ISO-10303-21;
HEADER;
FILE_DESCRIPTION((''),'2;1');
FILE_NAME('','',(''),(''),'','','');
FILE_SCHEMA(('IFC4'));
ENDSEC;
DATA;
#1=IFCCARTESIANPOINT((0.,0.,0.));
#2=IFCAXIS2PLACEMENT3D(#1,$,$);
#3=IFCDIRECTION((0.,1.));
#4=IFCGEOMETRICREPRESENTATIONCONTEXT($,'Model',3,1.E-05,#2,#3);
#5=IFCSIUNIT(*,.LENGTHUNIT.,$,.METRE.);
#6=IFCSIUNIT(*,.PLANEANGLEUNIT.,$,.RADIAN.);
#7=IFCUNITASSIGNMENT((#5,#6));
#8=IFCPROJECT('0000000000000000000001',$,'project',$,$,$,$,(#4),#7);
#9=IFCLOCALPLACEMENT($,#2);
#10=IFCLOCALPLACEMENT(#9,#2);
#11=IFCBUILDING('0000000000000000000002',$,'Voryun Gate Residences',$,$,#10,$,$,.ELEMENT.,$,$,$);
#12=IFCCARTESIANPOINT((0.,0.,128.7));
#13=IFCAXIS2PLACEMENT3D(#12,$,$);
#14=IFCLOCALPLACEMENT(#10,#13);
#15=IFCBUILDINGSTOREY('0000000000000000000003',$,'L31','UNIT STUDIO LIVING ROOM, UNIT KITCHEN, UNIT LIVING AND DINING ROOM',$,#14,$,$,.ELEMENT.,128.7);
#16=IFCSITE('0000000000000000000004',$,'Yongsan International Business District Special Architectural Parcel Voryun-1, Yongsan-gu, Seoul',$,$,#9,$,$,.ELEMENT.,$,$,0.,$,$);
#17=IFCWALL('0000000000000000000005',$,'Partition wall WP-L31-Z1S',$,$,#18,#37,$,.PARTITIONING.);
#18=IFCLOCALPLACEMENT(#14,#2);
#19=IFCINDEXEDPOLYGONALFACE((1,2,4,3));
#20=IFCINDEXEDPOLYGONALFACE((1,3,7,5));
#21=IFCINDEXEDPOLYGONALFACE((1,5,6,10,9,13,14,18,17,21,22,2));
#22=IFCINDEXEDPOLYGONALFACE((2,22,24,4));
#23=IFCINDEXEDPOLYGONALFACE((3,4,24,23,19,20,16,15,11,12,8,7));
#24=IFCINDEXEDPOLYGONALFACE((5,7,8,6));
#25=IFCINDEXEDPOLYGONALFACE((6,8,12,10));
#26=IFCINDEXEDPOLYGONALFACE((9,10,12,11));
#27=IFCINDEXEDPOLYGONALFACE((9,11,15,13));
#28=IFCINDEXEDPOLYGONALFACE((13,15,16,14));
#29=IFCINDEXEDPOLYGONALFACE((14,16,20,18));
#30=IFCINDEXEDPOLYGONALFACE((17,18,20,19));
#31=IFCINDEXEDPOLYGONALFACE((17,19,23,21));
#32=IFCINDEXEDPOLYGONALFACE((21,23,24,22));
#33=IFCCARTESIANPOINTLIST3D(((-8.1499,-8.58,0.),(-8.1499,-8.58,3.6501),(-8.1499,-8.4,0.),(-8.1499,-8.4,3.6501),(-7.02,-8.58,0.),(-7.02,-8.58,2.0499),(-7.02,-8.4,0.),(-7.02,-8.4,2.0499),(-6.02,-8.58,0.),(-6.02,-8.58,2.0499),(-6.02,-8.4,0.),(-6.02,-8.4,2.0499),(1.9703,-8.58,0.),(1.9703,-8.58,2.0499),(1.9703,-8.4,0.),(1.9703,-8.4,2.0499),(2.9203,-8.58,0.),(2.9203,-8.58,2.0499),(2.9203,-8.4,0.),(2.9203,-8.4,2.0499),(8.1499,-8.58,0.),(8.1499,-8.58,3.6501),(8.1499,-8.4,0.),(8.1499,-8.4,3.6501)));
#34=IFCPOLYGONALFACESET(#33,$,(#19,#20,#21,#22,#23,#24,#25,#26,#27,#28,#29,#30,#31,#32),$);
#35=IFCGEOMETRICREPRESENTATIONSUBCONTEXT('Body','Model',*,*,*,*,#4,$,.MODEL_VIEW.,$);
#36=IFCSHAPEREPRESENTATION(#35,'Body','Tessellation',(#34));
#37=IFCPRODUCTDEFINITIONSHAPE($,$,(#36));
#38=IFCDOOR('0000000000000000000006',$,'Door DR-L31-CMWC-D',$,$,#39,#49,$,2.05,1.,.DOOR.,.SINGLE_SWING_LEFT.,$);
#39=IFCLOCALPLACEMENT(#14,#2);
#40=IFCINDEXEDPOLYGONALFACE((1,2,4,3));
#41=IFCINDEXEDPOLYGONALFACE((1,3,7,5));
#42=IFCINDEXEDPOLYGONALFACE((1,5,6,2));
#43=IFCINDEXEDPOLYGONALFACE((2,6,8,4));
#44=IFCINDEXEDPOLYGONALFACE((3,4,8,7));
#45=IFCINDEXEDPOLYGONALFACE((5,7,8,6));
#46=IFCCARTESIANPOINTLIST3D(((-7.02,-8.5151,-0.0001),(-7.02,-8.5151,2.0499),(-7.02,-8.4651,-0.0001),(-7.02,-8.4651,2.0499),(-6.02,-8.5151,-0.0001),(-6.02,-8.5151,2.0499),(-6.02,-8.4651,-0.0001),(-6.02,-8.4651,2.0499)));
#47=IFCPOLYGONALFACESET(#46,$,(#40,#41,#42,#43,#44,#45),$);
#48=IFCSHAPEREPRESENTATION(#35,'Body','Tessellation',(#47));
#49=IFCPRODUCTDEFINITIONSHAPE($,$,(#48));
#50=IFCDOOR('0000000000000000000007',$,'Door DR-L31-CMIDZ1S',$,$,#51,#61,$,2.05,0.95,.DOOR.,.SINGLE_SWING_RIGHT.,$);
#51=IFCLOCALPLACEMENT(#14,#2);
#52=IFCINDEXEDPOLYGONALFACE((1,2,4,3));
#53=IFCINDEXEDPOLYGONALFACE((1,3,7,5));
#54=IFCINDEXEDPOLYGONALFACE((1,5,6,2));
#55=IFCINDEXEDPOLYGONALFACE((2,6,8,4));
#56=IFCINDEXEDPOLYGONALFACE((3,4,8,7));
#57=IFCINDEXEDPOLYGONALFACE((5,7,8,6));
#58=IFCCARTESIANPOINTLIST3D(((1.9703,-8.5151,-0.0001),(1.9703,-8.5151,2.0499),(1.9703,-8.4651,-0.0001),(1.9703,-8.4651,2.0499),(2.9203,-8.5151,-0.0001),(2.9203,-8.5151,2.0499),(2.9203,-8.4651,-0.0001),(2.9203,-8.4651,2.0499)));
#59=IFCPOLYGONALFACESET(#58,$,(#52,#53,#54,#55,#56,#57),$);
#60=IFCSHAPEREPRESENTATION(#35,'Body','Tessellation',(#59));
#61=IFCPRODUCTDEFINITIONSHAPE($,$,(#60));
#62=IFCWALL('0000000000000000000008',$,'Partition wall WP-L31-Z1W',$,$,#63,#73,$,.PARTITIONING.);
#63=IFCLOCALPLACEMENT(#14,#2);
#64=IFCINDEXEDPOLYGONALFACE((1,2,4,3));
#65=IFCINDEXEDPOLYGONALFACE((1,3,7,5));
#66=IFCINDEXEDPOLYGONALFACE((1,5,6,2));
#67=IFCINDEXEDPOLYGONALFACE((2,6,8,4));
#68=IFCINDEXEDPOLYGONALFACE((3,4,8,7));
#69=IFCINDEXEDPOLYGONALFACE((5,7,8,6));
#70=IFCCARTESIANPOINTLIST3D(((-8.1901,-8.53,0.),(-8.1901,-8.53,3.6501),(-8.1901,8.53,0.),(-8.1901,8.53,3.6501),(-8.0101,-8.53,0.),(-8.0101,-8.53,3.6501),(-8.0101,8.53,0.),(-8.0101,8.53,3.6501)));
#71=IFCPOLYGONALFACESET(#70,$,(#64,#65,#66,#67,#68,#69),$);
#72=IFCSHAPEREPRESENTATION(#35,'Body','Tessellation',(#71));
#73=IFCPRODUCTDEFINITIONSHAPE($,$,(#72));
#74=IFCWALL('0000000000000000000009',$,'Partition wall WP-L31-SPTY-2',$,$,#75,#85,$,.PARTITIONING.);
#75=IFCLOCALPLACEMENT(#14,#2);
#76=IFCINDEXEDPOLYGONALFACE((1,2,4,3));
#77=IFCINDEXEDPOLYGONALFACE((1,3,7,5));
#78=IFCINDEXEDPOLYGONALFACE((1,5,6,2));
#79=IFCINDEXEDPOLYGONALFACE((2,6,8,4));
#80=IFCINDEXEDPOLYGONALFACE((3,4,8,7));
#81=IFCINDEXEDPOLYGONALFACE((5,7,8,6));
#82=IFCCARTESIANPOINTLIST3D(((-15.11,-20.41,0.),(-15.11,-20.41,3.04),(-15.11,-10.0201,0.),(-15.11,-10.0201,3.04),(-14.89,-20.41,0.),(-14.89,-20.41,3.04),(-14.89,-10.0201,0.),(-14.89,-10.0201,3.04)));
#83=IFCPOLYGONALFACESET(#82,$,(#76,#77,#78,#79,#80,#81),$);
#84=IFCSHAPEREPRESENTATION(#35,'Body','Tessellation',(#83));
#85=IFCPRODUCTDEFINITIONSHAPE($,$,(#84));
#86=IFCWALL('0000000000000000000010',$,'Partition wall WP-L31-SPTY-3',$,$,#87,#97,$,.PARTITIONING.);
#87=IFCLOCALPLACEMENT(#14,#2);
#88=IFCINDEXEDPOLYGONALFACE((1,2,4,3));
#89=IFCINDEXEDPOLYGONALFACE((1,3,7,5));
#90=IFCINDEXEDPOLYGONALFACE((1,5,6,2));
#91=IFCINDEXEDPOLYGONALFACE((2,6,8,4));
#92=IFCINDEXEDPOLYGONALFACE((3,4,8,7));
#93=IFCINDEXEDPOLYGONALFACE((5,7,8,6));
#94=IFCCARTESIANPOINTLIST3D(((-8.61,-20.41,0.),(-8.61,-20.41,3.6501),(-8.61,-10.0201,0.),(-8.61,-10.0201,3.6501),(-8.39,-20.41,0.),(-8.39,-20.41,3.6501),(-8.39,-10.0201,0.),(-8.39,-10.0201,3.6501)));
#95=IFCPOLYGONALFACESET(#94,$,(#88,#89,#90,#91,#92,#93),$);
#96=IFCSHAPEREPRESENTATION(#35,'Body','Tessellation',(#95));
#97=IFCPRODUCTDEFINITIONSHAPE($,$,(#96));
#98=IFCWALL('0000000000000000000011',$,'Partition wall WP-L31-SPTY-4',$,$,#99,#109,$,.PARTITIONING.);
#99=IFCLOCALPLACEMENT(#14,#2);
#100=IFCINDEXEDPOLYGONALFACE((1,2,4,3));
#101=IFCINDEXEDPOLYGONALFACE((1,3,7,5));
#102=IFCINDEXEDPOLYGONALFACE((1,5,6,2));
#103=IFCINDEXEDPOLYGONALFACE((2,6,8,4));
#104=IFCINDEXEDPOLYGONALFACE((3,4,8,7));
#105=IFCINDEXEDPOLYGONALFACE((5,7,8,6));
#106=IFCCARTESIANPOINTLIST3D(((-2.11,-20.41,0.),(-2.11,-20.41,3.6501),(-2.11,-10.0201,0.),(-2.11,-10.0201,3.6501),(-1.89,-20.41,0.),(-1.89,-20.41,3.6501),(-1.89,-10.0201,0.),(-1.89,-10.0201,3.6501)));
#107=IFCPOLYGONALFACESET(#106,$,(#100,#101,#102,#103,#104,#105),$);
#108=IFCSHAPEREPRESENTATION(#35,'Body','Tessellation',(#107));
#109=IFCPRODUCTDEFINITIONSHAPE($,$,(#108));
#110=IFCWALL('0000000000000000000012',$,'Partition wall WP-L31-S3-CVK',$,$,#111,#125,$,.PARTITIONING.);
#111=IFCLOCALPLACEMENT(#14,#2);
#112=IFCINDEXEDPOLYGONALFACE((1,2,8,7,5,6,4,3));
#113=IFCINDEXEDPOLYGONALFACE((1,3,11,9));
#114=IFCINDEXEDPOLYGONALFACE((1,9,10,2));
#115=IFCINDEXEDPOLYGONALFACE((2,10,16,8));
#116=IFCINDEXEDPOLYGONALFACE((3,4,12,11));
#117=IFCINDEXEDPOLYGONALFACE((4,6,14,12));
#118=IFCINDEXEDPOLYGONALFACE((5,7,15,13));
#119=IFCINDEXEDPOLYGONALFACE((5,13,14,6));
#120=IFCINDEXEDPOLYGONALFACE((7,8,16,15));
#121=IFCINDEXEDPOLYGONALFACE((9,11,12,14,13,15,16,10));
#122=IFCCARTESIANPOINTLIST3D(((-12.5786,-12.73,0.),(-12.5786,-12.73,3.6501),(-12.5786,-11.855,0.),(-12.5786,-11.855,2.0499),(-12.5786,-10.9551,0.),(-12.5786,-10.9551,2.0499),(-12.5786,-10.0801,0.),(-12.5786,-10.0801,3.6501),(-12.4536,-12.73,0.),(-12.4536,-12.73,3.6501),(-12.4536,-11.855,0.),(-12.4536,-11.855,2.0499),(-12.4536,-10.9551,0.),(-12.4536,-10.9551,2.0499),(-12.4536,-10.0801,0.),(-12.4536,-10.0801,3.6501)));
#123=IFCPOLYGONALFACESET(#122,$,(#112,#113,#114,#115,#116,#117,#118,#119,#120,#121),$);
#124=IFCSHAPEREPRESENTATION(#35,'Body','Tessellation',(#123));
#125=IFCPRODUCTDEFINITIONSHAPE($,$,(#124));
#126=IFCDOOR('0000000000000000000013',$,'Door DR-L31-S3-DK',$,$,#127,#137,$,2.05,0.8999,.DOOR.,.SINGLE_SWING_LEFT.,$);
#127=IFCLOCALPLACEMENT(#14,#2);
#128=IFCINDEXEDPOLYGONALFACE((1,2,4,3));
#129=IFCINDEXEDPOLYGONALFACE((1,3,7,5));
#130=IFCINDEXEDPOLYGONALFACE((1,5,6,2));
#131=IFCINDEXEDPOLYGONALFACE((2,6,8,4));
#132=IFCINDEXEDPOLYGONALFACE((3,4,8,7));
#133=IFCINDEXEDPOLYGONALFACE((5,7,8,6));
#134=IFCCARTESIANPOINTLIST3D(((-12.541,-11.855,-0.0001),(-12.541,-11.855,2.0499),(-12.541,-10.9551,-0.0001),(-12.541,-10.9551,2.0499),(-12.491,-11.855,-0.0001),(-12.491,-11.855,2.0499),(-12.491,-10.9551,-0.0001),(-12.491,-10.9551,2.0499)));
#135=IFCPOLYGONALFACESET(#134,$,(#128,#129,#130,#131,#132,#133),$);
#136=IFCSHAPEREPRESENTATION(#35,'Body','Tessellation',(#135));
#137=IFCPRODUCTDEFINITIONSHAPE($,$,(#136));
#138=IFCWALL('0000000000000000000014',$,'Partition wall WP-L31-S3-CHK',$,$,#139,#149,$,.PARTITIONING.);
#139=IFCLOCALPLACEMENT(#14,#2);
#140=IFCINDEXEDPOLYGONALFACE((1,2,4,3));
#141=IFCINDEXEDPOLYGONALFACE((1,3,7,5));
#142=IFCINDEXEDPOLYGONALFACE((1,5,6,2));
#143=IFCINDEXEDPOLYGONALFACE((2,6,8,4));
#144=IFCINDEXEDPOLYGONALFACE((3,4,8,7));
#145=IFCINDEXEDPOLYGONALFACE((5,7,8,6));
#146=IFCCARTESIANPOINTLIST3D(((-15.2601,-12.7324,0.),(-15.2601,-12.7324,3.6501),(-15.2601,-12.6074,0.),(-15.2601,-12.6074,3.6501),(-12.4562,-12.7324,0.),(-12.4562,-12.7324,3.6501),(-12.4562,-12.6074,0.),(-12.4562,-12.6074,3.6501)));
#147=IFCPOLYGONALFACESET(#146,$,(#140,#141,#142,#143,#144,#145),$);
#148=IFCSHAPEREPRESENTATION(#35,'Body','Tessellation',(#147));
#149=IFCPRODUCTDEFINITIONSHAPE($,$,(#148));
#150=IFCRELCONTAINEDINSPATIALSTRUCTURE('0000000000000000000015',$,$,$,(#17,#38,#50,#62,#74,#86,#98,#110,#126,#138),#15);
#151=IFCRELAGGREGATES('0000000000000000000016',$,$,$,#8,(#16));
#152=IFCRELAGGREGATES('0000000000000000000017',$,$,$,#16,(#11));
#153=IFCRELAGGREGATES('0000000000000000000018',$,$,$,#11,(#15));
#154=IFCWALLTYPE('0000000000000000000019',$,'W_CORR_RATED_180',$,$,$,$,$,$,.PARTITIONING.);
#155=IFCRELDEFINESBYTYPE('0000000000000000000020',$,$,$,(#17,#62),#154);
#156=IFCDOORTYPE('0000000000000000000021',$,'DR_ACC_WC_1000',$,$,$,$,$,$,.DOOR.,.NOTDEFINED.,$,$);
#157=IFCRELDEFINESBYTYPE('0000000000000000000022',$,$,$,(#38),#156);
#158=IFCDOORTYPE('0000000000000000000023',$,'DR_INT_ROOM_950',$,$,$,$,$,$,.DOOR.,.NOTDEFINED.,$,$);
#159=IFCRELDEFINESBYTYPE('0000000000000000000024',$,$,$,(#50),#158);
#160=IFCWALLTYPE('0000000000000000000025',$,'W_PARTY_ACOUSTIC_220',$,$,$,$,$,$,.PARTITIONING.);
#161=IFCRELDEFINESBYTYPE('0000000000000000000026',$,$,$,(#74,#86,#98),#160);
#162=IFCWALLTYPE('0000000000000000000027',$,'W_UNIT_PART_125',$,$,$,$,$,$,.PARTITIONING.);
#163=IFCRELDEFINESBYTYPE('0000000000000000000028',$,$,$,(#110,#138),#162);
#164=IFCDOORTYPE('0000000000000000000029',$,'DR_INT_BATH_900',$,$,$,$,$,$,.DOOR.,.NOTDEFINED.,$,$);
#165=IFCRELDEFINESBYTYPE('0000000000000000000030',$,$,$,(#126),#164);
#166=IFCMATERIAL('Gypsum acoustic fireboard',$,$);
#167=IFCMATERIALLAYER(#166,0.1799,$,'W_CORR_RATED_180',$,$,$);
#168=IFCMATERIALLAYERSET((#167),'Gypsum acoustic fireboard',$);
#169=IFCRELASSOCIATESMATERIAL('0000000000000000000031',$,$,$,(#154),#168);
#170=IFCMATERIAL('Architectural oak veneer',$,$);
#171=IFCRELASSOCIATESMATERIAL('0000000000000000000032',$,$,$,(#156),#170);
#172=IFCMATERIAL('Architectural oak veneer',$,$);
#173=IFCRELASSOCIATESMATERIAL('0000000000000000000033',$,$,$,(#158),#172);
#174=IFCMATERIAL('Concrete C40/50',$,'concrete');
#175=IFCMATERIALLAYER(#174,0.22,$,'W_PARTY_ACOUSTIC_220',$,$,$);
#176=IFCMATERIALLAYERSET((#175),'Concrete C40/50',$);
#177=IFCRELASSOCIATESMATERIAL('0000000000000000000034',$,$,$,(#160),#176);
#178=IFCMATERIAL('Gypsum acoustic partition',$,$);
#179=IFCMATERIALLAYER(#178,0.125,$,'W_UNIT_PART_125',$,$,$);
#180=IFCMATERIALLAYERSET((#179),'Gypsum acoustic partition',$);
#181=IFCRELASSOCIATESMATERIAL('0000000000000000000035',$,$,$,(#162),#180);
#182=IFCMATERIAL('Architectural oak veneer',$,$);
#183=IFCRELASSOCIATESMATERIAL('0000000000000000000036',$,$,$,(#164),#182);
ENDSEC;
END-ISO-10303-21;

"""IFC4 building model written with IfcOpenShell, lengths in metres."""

from ifc_helpers import new_model, si_unit, direction, frame, frame_2d, origin, place, context, subcontext, project, spatial, rectangle, extrude, material, layer, layer_set, type_object, element, fill, save


model = new_model("IFC4")

# Units and contexts
model_context = context("Model", 3, precision=1e-05, world=origin(), true_north=direction((0.0, 1.0)))
body_context = subcontext(model_context, "Body", "Model", "MODEL_VIEW")
ifc_project = project(units=[si_unit("LENGTHUNIT", "METRE"), si_unit("PLANEANGLEUNIT", "RADIAN")], contexts=[model_context])

# Site, building, storey
site_placement = place(None, origin())
site = spatial("IfcSite", under=ifc_project, at=site_placement, Name="Yongsan International Business District Special Architectural Parcel Voryun-1, Yongsan-gu, Seoul", CompositionType="ELEMENT", RefElevation=0.0)
building_placement = place(site_placement, origin())
building = spatial("IfcBuilding", under=site, at=building_placement, Name="Voryun Gate Residences", CompositionType="ELEMENT")
storey_placement = place(building_placement, frame((0.0, 0.0, 128.7)))
storey = spatial("IfcBuildingStorey", under=building, at=storey_placement, Name="L31", Description="UNIT STUDIO LIVING ROOM, UNIT KITCHEN, UNIT LIVING AND DINING ROOM", CompositionType="ELEMENT", Elevation=128.7)

# Shared definitions
ifc_material_1 = material(Name="Gypsum acoustic fireboard")
ifc_layer_1 = layer(ifc_material_1, 0.1799, Name="W_CORR_RATED_180")
ifc_layer_set_1 = layer_set([ifc_layer_1], Name="Gypsum acoustic fireboard")
wall_type_1 = type_object("IfcWallType", Name="W_CORR_RATED_180", PredefinedType="PARTITIONING", material=ifc_layer_set_1)

# Wall, openings, doors
wall_1_placement = place(storey_placement, frame((-8.1499, -8.49, 0.0), z_axis=(0.0, 0.0, 1.0), x_axis=(1.0, 0.0, 0.0)))
wall_1 = element("IfcWall", 1, at=wall_1_placement, inside=storey, type_object=wall_type_1, Name="Partition wall WP-L31-Z1S", PredefinedType="PARTITIONING", context=body_context, shape_type="SweptSolid", body=[
    extrude(rectangle(XDim=16.2998, YDim=0.1799, at=frame_2d((8.1499, 0.0))), origin(), (0.0, 0.0, 1.0), 3.6501),
])
opening_1_placement = place(wall_1_placement, frame((1.1299, 0.0, 0.0)))
opening_1 = element("IfcOpeningElement", 2, at=opening_1_placement, cuts=wall_1, PredefinedType="OPENING", context=body_context, shape_type="SweptSolid", body=[
    extrude(rectangle(XDim=1.0, YDim=2.05, at=frame_2d((0.5, 1.0249))), frame((0.0, 0.0999, 0.0), z_axis=(0.0, -1.0, 0.0), x_axis=(1.0, 0.0, 0.0)), (0.0, 0.0, 1.0), 0.2),
])
opening_2_placement = place(wall_1_placement, frame((10.1201, 0.0, 0.0)))
opening_2 = element("IfcOpeningElement", 3, at=opening_2_placement, cuts=wall_1, PredefinedType="OPENING", context=body_context, shape_type="SweptSolid", body=[
    extrude(rectangle(XDim=0.95, YDim=2.05, at=frame_2d((0.4751, 1.0249))), frame((0.0, 0.0999, 0.0), z_axis=(0.0, -1.0, 0.0), x_axis=(1.0, 0.0, 0.0)), (0.0, 0.0, 1.0), 0.2),
])
ifc_material_2 = material(Name="Architectural oak veneer")
door_type_1 = type_object("IfcDoorType", Name="DR_ACC_WC_1000", OperationType="NOTDEFINED", PredefinedType="DOOR", material=ifc_material_2)
door_1_placement = place(opening_1_placement, origin())
door_1 = element("IfcDoor", 4, at=door_1_placement, inside=storey, type_object=door_type_1, Name="Door DR-L31-CMWC-D", OperationType="SINGLE_SWING_LEFT", OverallHeight=2.05, OverallWidth=1.0, PredefinedType="DOOR", context=body_context, shape_type="SweptSolid", body=[
    extrude(rectangle(XDim=1.0, YDim=2.05, at=frame_2d((0.5, 1.0249))), frame((0.0, 0.0249, 0.0), z_axis=(0.0, -1.0, 0.0), x_axis=(1.0, 0.0, 0.0)), (0.0, 0.0, 1.0), 0.05),
])
fill(opening_1, door_1)
ifc_material_3 = material(Name="Architectural oak veneer")
door_type_2 = type_object("IfcDoorType", Name="DR_INT_ROOM_950", OperationType="NOTDEFINED", PredefinedType="DOOR", material=ifc_material_3)
door_2_placement = place(opening_2_placement, origin())
door_2 = element("IfcDoor", 5, at=door_2_placement, inside=storey, type_object=door_type_2, Name="Door DR-L31-CMIDZ1S", OperationType="SINGLE_SWING_RIGHT", OverallHeight=2.05, OverallWidth=0.95, PredefinedType="DOOR", context=body_context, shape_type="SweptSolid", body=[
    extrude(rectangle(XDim=0.95, YDim=2.05, at=frame_2d((0.4751, 1.0249))), frame((0.0, 0.0249, 0.0), z_axis=(0.0, -1.0, 0.0), x_axis=(1.0, 0.0, 0.0)), (0.0, 0.0, 1.0), 0.05),
])
fill(opening_2, door_2)

# Walls
wall_2_placement = place(storey_placement, frame((-8.1001, -8.53, 0.0), z_axis=(0.0, 0.0, 1.0), x_axis=(0.0, 1.0, 0.0)))
element("IfcWall", 6, at=wall_2_placement, inside=storey, type_object=wall_type_1, Name="Partition wall WP-L31-Z1W", PredefinedType="PARTITIONING", context=body_context, shape_type="SweptSolid", body=[
    extrude(rectangle(XDim=17.0601, YDim=0.1799, at=frame_2d((8.53, 0.0))), origin(), (0.0, 0.0, 1.0), 3.6501),
])
ifc_material_4 = material(Name="Concrete C40/50", Category="concrete")
ifc_layer_2 = layer(ifc_material_4, 0.22, Name="W_PARTY_ACOUSTIC_220")
ifc_layer_set_2 = layer_set([ifc_layer_2], Name="Concrete C40/50")
wall_type_2 = type_object("IfcWallType", Name="W_PARTY_ACOUSTIC_220", PredefinedType="PARTITIONING", material=ifc_layer_set_2)
wall_3_placement = place(storey_placement, frame((-15.0, -20.4099, 0.0), z_axis=(0.0, 0.0, 1.0), x_axis=(0.0, 1.0, 0.0)))
element("IfcWall", 7, at=wall_3_placement, inside=storey, type_object=wall_type_2, Name="Partition wall WP-L31-SPTY-2", PredefinedType="PARTITIONING", context=body_context, shape_type="SweptSolid", body=[
    extrude(rectangle(XDim=10.3899, YDim=0.22, at=frame_2d((5.1948, 0.0))), origin(), (0.0, 0.0, 1.0), 3.04),
])
for number, where, z_axis, x_axis, name in (
    (8, (-8.5, -20.4099, 0.0), (0.0, 0.0, 1.0), (0.0, 1.0, 0.0), "Partition wall WP-L31-SPTY-3"),
    (9, (-2.0, -20.4099, 0.0), (0.0, 0.0, 1.0), (0.0, 1.0, 0.0), "Partition wall WP-L31-SPTY-4"),
):
    element("IfcWall", number, at=place(storey_placement, frame(where, z_axis=z_axis, x_axis=x_axis)), inside=storey, type_object=wall_type_2, Name=name, PredefinedType="PARTITIONING", context=body_context, shape_type="SweptSolid", body=[
        extrude(rectangle(XDim=10.3899, YDim=0.22, at=frame_2d((5.1948, 0.0))), origin(), (0.0, 0.0, 1.0), 3.6501),
    ])

# Wall, opening, door
ifc_material_5 = material(Name="Gypsum acoustic partition")
ifc_layer_3 = layer(ifc_material_5, 0.125, Name="W_UNIT_PART_125")
ifc_layer_set_3 = layer_set([ifc_layer_3], Name="Gypsum acoustic partition")
wall_type_3 = type_object("IfcWallType", Name="W_UNIT_PART_125", PredefinedType="PARTITIONING", material=ifc_layer_set_3)
wall_4_placement = place(storey_placement, frame((-12.5161, -12.73, 0.0), z_axis=(0.0, 0.0, 1.0), x_axis=(0.0, 1.0, 0.0)))
wall_4 = element("IfcWall", 10, at=wall_4_placement, inside=storey, type_object=wall_type_3, Name="Partition wall WP-L31-S3-CVK", PredefinedType="PARTITIONING", context=body_context, shape_type="SweptSolid", body=[
    extrude(rectangle(XDim=2.6499, YDim=0.125, at=frame_2d((1.325, 0.0))), origin(), (0.0, 0.0, 1.0), 3.6501),
])
opening_3_placement = place(wall_4_placement, frame((0.875, 0.0, 0.0)))
opening_3 = element("IfcOpeningElement", 11, at=opening_3_placement, cuts=wall_4, PredefinedType="OPENING", context=body_context, shape_type="SweptSolid", body=[
    extrude(rectangle(XDim=0.8999, YDim=2.05, at=frame_2d((0.45, 1.0249))), frame((0.0, 0.0725, 0.0), z_axis=(0.0, -1.0, 0.0), x_axis=(1.0, 0.0, 0.0)), (0.0, 0.0, 1.0), 0.145),
])
ifc_material_6 = material(Name="Architectural oak veneer")
door_type_3 = type_object("IfcDoorType", Name="DR_INT_BATH_900", OperationType="NOTDEFINED", PredefinedType="DOOR", material=ifc_material_6)
door_3_placement = place(opening_3_placement, origin())
door_3 = element("IfcDoor", 12, at=door_3_placement, inside=storey, type_object=door_type_3, Name="Door DR-L31-S3-DK", OperationType="SINGLE_SWING_LEFT", OverallHeight=2.05, OverallWidth=0.8999, PredefinedType="DOOR", context=body_context, shape_type="SweptSolid", body=[
    extrude(rectangle(XDim=0.8999, YDim=2.05, at=frame_2d((0.45, 1.0249))), frame((0.0, 0.0249, 0.0), z_axis=(0.0, -1.0, 0.0), x_axis=(1.0, 0.0, 0.0)), (0.0, 0.0, 1.0), 0.05),
])
fill(opening_3, door_3)

# Wall
wall_5_placement = place(storey_placement, frame((-15.26, -12.6699, 0.0), z_axis=(0.0, 0.0, 1.0), x_axis=(1.0, 0.0, 0.0)))
element("IfcWall", 13, at=wall_5_placement, inside=storey, type_object=wall_type_3, Name="Partition wall WP-L31-S3-CHK", PredefinedType="PARTITIONING", context=body_context, shape_type="SweptSolid", body=[
    extrude(rectangle(XDim=2.804, YDim=0.125, at=frame_2d((1.4019, 0.0))), origin(), (0.0, 0.0, 1.0), 3.6501),
])

save(model, "model.ifc")
